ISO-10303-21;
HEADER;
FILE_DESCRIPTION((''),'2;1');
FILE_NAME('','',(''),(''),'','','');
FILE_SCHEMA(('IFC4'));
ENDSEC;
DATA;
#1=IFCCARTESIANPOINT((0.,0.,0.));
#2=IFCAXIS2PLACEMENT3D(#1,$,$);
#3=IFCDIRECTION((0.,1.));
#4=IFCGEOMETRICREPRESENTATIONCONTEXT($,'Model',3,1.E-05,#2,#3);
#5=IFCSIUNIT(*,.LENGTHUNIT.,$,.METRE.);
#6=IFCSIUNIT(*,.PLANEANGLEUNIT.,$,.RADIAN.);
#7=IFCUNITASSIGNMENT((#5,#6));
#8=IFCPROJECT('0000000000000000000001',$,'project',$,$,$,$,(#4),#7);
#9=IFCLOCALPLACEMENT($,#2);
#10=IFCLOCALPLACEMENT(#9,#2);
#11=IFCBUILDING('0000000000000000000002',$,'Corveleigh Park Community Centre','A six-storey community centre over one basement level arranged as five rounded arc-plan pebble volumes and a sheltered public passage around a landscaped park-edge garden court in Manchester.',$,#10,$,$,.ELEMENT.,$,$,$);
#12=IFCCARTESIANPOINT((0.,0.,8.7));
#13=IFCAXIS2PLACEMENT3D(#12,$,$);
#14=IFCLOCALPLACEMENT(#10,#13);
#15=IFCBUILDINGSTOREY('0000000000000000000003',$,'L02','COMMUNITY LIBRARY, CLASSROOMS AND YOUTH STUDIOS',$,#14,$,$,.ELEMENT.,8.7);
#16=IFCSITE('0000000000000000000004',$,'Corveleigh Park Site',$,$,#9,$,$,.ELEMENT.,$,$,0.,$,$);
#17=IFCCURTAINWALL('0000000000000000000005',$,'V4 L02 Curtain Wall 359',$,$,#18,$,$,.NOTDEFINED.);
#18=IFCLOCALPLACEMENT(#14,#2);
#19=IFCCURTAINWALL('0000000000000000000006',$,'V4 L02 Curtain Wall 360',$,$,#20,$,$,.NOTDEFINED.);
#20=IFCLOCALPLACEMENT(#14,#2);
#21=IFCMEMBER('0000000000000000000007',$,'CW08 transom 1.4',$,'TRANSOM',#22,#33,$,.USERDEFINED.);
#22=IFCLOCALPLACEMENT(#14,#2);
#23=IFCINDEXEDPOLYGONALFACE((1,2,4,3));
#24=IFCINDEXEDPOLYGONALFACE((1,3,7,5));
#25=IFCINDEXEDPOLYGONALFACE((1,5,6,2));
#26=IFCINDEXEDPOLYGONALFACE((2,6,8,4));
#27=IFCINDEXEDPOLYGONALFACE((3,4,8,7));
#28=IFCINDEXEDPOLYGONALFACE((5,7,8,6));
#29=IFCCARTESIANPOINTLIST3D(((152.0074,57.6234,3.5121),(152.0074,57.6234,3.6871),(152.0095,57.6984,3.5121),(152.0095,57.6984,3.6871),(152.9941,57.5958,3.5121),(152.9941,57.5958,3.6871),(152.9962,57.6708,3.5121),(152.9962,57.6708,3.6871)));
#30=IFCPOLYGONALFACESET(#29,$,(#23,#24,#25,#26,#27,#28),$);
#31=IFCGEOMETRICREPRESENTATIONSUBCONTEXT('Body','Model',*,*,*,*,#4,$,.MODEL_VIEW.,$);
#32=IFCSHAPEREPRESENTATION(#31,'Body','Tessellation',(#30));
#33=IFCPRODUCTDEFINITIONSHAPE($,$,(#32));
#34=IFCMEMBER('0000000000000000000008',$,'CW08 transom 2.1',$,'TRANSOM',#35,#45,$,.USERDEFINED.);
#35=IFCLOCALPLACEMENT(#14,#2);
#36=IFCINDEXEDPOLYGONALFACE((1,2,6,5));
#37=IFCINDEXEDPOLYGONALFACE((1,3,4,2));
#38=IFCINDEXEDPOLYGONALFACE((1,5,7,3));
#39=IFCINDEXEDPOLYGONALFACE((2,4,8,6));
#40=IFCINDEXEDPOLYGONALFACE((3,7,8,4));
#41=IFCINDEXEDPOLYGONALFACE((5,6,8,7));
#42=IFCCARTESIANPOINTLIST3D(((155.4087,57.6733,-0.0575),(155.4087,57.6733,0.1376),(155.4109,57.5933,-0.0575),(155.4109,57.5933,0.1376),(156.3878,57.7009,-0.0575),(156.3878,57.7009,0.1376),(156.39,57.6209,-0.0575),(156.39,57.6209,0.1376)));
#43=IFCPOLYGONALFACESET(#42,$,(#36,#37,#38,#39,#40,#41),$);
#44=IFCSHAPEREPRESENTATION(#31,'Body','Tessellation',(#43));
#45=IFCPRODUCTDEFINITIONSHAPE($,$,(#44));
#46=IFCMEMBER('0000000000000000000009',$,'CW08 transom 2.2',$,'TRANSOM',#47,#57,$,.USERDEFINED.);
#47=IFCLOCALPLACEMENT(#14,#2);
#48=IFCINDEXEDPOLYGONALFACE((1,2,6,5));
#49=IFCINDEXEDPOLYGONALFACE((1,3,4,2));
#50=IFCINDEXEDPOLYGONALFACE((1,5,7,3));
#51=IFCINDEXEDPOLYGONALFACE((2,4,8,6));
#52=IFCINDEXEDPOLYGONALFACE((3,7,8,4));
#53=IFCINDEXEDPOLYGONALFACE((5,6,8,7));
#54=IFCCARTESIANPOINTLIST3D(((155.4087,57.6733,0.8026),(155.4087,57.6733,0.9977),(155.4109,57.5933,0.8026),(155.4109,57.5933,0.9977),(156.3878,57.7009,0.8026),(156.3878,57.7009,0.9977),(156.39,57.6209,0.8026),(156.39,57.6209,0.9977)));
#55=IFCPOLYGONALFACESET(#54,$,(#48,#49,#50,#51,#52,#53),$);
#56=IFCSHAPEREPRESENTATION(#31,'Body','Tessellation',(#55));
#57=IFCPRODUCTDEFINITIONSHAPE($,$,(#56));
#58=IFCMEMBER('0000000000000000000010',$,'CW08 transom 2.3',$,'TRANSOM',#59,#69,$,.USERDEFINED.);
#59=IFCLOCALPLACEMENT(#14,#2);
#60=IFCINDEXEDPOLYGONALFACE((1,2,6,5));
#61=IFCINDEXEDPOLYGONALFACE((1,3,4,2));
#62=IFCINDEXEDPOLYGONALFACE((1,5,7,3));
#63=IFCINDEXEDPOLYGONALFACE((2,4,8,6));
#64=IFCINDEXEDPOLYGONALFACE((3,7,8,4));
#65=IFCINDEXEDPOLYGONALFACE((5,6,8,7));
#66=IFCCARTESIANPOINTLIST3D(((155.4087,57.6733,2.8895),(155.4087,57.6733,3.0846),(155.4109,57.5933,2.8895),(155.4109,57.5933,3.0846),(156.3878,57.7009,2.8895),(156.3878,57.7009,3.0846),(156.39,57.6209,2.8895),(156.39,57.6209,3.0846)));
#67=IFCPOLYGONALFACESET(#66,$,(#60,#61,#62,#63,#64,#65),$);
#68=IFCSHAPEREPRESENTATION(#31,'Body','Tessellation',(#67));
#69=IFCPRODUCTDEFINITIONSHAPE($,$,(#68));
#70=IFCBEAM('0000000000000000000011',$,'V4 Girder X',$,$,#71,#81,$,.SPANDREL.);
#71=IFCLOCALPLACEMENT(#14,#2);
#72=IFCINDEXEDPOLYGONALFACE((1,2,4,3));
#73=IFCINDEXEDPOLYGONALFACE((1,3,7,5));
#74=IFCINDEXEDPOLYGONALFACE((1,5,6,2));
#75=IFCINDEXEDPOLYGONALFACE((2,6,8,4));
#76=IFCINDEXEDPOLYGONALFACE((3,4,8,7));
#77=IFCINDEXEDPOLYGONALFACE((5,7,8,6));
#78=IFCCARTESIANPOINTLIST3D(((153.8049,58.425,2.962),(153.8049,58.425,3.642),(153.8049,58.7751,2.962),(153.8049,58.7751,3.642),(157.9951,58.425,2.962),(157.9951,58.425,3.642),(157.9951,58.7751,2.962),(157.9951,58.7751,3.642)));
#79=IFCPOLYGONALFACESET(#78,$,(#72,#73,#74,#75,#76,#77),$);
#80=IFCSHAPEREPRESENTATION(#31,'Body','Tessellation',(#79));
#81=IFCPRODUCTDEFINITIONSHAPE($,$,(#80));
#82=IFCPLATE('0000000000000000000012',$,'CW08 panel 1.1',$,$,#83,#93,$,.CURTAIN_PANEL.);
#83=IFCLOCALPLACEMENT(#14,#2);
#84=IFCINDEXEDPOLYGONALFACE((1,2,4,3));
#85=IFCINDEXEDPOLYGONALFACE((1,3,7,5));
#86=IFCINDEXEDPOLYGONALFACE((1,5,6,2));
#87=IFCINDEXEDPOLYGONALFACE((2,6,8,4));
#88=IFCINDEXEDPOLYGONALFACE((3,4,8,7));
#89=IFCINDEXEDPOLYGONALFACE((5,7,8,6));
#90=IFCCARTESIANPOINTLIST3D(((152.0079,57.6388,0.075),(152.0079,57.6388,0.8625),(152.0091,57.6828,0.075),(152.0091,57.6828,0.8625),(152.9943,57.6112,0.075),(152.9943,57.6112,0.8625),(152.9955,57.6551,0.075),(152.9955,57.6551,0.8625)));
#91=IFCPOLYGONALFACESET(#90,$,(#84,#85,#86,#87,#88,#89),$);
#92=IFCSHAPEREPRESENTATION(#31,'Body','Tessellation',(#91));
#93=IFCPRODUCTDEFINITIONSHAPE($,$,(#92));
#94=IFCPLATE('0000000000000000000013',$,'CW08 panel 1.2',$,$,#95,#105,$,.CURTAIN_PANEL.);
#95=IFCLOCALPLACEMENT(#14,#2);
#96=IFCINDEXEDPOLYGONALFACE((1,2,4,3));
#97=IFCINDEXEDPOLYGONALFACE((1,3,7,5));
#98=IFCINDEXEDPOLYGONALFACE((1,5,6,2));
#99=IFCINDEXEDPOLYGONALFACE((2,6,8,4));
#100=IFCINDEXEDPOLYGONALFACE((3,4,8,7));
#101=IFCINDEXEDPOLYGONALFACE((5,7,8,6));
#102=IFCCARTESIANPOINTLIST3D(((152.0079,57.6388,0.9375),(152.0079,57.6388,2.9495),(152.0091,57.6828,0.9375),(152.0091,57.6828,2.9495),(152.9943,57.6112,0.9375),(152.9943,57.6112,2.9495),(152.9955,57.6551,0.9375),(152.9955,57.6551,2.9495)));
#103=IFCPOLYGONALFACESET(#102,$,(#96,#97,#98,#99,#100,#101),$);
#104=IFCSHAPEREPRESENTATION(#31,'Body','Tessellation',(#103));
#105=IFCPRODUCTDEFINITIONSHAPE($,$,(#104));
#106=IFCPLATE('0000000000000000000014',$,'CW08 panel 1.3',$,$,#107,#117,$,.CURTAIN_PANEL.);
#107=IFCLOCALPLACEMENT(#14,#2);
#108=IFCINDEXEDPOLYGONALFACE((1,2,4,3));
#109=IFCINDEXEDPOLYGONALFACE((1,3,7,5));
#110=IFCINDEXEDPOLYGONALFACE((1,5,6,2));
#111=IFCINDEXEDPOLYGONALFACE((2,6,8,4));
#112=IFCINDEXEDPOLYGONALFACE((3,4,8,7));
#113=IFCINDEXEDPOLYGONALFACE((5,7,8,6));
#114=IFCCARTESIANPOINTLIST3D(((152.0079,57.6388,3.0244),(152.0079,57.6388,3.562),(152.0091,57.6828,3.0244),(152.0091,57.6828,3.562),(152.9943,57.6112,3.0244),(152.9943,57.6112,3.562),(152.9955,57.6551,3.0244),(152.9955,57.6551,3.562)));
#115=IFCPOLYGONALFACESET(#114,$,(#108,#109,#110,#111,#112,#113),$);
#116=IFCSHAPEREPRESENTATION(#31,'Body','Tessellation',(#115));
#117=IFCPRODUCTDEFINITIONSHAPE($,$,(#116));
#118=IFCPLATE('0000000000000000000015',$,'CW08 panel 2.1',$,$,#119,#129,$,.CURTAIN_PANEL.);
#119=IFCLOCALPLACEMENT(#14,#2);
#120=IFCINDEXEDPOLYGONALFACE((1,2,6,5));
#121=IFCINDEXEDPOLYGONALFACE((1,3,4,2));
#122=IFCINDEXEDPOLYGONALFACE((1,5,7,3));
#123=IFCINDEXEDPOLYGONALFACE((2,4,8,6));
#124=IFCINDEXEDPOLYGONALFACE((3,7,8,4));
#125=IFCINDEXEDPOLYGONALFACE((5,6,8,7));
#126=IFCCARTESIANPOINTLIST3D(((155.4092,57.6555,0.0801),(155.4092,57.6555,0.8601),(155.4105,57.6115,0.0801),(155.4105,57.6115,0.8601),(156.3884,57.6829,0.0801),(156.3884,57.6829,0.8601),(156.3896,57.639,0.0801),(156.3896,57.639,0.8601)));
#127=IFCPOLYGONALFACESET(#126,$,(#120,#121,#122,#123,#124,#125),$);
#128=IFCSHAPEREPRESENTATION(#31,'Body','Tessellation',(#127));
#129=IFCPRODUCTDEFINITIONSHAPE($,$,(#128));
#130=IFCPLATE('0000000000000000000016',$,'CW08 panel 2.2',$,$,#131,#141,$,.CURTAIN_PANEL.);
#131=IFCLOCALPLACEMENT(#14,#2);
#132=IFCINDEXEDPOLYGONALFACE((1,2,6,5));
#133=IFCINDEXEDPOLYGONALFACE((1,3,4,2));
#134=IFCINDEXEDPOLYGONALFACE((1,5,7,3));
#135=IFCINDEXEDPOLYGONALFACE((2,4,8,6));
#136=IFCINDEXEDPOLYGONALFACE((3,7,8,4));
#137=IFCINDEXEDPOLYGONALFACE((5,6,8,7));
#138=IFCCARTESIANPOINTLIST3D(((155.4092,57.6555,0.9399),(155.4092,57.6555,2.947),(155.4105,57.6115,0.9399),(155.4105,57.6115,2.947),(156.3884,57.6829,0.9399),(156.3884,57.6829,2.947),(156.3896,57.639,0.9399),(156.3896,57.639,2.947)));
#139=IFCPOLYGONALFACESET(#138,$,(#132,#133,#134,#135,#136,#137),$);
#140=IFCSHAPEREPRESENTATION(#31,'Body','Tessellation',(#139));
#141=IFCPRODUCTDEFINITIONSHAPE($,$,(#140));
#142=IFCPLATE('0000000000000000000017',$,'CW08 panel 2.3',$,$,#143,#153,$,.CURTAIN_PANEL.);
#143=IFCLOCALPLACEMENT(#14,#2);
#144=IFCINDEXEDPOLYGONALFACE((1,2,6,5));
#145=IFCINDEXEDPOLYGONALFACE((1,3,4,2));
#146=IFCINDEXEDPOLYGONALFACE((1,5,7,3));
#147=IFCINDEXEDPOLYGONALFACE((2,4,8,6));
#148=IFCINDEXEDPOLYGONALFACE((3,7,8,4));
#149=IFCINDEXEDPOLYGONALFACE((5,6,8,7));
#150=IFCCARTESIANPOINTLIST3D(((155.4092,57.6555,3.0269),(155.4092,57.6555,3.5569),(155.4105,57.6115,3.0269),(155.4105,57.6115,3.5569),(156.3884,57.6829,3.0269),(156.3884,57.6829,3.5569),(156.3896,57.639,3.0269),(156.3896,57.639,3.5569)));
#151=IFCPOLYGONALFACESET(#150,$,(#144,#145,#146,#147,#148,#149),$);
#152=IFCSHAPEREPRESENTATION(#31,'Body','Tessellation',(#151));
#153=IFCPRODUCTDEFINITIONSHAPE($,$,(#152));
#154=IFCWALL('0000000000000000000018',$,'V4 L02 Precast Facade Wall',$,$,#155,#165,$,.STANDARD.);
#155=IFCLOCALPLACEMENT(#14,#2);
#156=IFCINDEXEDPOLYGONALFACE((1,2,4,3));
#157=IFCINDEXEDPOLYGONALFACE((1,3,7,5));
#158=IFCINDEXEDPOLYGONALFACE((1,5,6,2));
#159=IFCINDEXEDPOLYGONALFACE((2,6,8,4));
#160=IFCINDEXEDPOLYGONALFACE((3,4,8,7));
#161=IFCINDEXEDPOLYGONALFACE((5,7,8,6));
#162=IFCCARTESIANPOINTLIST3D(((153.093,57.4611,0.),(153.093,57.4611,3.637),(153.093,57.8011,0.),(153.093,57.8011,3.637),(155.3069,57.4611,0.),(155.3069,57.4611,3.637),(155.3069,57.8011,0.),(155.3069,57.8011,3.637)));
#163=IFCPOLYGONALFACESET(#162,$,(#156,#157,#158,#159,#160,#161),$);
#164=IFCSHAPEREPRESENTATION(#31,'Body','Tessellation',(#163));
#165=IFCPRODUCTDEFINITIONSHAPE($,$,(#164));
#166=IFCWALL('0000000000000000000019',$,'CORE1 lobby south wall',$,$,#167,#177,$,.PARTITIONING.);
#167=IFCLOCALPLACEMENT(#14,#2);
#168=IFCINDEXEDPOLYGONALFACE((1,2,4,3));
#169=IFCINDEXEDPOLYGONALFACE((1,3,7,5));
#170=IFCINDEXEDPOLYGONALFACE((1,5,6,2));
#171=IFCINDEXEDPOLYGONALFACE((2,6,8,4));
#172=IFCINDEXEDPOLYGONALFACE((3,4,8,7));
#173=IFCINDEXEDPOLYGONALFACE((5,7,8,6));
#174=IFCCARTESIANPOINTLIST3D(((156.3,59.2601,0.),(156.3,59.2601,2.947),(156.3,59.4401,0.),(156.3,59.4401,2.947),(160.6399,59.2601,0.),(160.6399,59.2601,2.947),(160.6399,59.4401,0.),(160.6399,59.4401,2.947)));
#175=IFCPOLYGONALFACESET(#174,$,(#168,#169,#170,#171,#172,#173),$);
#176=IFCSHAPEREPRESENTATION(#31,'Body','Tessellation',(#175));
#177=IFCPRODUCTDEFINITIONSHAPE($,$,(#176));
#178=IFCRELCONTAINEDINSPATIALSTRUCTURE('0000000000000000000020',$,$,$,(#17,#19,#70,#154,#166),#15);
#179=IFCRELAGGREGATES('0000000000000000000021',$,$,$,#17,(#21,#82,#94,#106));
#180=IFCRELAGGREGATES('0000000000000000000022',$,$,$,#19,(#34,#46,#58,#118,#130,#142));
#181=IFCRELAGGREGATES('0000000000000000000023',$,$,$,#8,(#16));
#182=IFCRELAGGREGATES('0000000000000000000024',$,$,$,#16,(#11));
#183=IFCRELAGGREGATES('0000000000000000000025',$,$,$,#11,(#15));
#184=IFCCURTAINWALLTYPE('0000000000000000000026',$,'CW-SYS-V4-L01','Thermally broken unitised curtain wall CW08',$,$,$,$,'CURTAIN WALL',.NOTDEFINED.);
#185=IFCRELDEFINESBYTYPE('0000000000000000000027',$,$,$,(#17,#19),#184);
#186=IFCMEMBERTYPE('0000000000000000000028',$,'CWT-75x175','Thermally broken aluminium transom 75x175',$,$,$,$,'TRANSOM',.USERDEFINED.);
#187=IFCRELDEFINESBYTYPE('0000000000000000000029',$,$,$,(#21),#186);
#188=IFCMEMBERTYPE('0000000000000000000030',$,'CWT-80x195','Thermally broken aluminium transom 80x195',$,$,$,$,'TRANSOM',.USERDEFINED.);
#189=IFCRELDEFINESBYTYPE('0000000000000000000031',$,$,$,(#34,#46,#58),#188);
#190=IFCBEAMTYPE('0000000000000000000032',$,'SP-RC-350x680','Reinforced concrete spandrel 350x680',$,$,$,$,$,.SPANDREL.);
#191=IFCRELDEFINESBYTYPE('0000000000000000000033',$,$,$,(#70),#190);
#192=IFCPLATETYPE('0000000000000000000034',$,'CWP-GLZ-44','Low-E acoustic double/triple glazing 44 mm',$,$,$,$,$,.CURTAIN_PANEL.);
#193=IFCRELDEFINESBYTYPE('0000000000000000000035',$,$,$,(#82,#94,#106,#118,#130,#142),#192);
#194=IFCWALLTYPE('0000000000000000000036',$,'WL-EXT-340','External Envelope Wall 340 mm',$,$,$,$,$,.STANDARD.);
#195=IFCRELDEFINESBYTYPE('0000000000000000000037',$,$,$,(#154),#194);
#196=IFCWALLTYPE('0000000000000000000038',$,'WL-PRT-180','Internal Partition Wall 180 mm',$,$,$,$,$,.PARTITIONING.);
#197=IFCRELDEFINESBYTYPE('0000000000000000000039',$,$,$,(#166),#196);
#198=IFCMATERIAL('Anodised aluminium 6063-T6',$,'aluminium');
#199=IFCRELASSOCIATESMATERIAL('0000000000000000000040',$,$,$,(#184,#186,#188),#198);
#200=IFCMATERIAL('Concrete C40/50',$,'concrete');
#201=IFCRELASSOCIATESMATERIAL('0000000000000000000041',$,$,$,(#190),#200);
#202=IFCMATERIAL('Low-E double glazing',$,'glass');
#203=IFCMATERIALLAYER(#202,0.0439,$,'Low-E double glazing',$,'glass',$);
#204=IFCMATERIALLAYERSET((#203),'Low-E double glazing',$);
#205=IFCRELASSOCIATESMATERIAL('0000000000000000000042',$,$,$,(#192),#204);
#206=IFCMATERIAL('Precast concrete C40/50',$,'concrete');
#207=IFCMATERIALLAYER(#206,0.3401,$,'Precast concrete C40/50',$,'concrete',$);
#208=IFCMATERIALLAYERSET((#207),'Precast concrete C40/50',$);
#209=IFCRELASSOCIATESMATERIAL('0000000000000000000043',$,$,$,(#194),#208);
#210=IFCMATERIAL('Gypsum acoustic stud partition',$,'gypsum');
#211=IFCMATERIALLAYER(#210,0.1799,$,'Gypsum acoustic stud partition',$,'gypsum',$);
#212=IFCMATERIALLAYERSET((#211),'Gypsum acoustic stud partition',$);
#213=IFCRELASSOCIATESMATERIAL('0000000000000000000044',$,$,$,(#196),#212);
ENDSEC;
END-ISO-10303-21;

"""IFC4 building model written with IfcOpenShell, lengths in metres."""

from ifc_helpers import new_model, si_unit, direction, frame, frame_2d, origin, origin_2d, place, context, subcontext, project, spatial, rectangle, extrude, material, layer, layer_set, material_profile, profile_set, type_object, element, aggregate, save


model = new_model("IFC4")

# Units and contexts
model_context = context("Model", 3, precision=1e-05, world=origin(), true_north=direction((0.0, 1.0)))
body_context = subcontext(model_context, "Body", "Model", "MODEL_VIEW")
ifc_project = project(units=[si_unit("LENGTHUNIT", "METRE"), si_unit("PLANEANGLEUNIT", "RADIAN")], contexts=[model_context])

# Site, building, storey
site_placement = place(None, origin())
site = spatial("IfcSite", under=ifc_project, at=site_placement, Name="Corveleigh Park Site", CompositionType="ELEMENT", RefElevation=0.0)
building_placement = place(site_placement, origin())
building = spatial("IfcBuilding", under=site, at=building_placement, Name="Corveleigh Park Community Centre", Description="A six-storey community centre over one basement level arranged as five rounded arc-plan pebble volumes and a sheltered public passage around a landscaped park-edge garden court in Manchester.", CompositionType="ELEMENT")
storey_placement = place(building_placement, frame((0.0, 0.0, 8.7)))
storey = spatial("IfcBuildingStorey", under=building, at=storey_placement, Name="L02", Description="COMMUNITY LIBRARY, CLASSROOMS AND YOUTH STUDIOS", CompositionType="ELEMENT", Elevation=8.7)

# Curtain wall
ifc_material_1 = material(Name="Anodised aluminium 6063-T6", Category="aluminium")
curtain_wall_type = type_object("IfcCurtainWallType", Name="CW-SYS-V4-L01", Description="Thermally broken unitised curtain wall CW08", ElementType="CURTAIN WALL", PredefinedType="NOTDEFINED", material=ifc_material_1)
curtain_wall_1_placement = place(storey_placement, origin())
curtain_wall_1 = element("IfcCurtainWall", 1, at=curtain_wall_1_placement, inside=storey, type_object=curtain_wall_type, Name="V4 L02 Curtain Wall 359", PredefinedType="NOTDEFINED")

# Curtain wall
curtain_wall_2_placement = place(storey_placement, origin())
curtain_wall_2 = element("IfcCurtainWall", 2, at=curtain_wall_2_placement, inside=storey, type_object=curtain_wall_type, Name="V4 L02 Curtain Wall 360", PredefinedType="NOTDEFINED")

# Members
ifc_material_profile_1 = material_profile(ifc_material_1, rectangle(XDim=0.075, YDim=0.175, at=origin_2d()), Name="ALU-T75x175", Category="aluminium")
ifc_profile_set_1 = profile_set([ifc_material_profile_1], Name="Anodised aluminium 6063-T6")
member_type_1 = type_object("IfcMemberType", Name="CWT-75x175", Description="Thermally broken aluminium transom 75x175", ElementType="TRANSOM", PredefinedType="USERDEFINED", material=ifc_profile_set_1)
member_1_placement = place(storey_placement, frame((152.9951, 57.6333, 3.5996), z_axis=(-0.999609, 0.027952, 0.0), x_axis=(-0.027952, -0.999609, 0.0)))
member_1 = element("IfcMember", 3, at=member_1_placement, type_object=member_type_1, Name="CW08 transom 1.4", ObjectType="TRANSOM", PredefinedType="USERDEFINED", context=body_context, shape_type="SweptSolid", body=[
    extrude(rectangle(XDim=0.075, YDim=0.175, at=origin_2d()), origin(), (0.0, 0.0, 1.0), 0.9871),
])
ifc_material_profile_2 = material_profile(ifc_material_1, rectangle(XDim=0.0801, YDim=0.1951, at=origin_2d()), Name="ALU-T80x195", Category="aluminium")
ifc_profile_set_2 = profile_set([ifc_material_profile_2], Name="Anodised aluminium 6063-T6")
member_type_2 = type_object("IfcMemberType", Name="CWT-80x195", Description="Thermally broken aluminium transom 80x195", ElementType="TRANSOM", PredefinedType="USERDEFINED", material=ifc_profile_set_2)
member_2_placement = place(storey_placement, frame((156.3889, 57.6609, 0.04), z_axis=(-0.999603, -0.028168, 0.0), x_axis=(0.028168, -0.999603, 0.0)))
member_2 = element("IfcMember", 4, at=member_2_placement, type_object=member_type_2, Name="CW08 transom 2.1", ObjectType="TRANSOM", PredefinedType="USERDEFINED", context=body_context, shape_type="SweptSolid", body=[
    extrude(rectangle(XDim=0.0801, YDim=0.1951, at=origin_2d()), origin(), (0.0, 0.0, 1.0), 0.9795),
])
member_3_placement = place(storey_placement, frame((156.3889, 57.6609, 0.9001), z_axis=(-0.999603, -0.028168, 0.0), x_axis=(0.028168, -0.999603, 0.0)))
member_3 = element("IfcMember", 5, at=member_3_placement, type_object=member_type_2, Name="CW08 transom 2.2", ObjectType="TRANSOM", PredefinedType="USERDEFINED", context=body_context, shape_type="SweptSolid", body=[
    extrude(rectangle(XDim=0.0801, YDim=0.1951, at=origin_2d()), origin(), (0.0, 0.0, 1.0), 0.9795),
])
member_4_placement = place(storey_placement, frame((156.3889, 57.6609, 2.9871), z_axis=(-0.999603, -0.028168, 0.0), x_axis=(0.028168, -0.999603, 0.0)))
member_4 = element("IfcMember", 6, at=member_4_placement, type_object=member_type_2, Name="CW08 transom 2.3", ObjectType="TRANSOM", PredefinedType="USERDEFINED", context=body_context, shape_type="SweptSolid", body=[
    extrude(rectangle(XDim=0.0801, YDim=0.1951, at=origin_2d()), origin(), (0.0, 0.0, 1.0), 0.9795),
])

# Beam
ifc_material_2 = material(Name="Concrete C40/50", Category="concrete")
ifc_material_profile_3 = material_profile(ifc_material_2, rectangle(XDim=0.3501, YDim=0.6799, at=origin_2d()), Name="RC-350x680", Category="concrete")
ifc_profile_set_3 = profile_set([ifc_material_profile_3], Name="Concrete C40/50")
beam_type_1 = type_object("IfcBeamType", Name="SP-RC-350x680", Description="Reinforced concrete spandrel 350x680", PredefinedType="SPANDREL", material=ifc_profile_set_3)
beam_1_placement = place(storey_placement, frame((153.8049, 58.6001, 3.302), z_axis=(1.0, 0.0, 0.0), x_axis=(0.0, 1.0, 0.0)))
element("IfcBeam", 7, at=beam_1_placement, inside=storey, type_object=beam_type_1, Name="V4 Girder X", PredefinedType="SPANDREL", context=body_context, shape_type="SweptSolid", body=[
    extrude(rectangle(XDim=0.3501, YDim=0.6799, at=origin_2d()), origin(), (0.0, 0.0, 1.0), 4.1902),
])

# Plates
ifc_material_3 = material(Name="Low-E double glazing", Category="glass")
ifc_layer_1 = layer(ifc_material_3, 0.0439, Name="Low-E double glazing", Category="glass")
ifc_layer_set_1 = layer_set([ifc_layer_1], Name="Low-E double glazing")
plate_type = type_object("IfcPlateType", Name="CWP-GLZ-44", Description="Low-E acoustic double/triple glazing 44 mm", PredefinedType="CURTAIN_PANEL", material=ifc_layer_set_1)
plate_1_placement = place(storey_placement, frame((152.5017, 57.647, 0.075), z_axis=(0.0, 0.0, 1.0), x_axis=(-0.999608, 0.028005, 0.0)))
plate_1 = element("IfcPlate", 8, at=plate_1_placement, type_object=plate_type, Name="CW08 panel 1.1", PredefinedType="CURTAIN_PANEL", context=body_context, shape_type="SweptSolid", body=[
    extrude(rectangle(XDim=0.9868, YDim=0.0439, at=origin_2d()), origin(), (0.0, 0.0, 1.0), 0.7876),
])
plate_2_placement = place(storey_placement, frame((152.5017, 57.647, 0.9375), z_axis=(0.0, 0.0, 1.0), x_axis=(-0.999608, 0.028005, 0.0)))
plate_2 = element("IfcPlate", 9, at=plate_2_placement, type_object=plate_type, Name="CW08 panel 1.2", PredefinedType="CURTAIN_PANEL", context=body_context, shape_type="SweptSolid", body=[
    extrude(rectangle(XDim=0.9868, YDim=0.0439, at=origin_2d()), origin(), (0.0, 0.0, 1.0), 2.012),
])
plate_3_placement = place(storey_placement, frame((152.5017, 57.647, 3.0244), z_axis=(0.0, 0.0, 1.0), x_axis=(-0.999608, 0.028005, 0.0)))
plate_3 = element("IfcPlate", 10, at=plate_3_placement, type_object=plate_type, Name="CW08 panel 1.3", PredefinedType="CURTAIN_PANEL", context=body_context, shape_type="SweptSolid", body=[
    extrude(rectangle(XDim=0.9868, YDim=0.0439, at=origin_2d()), origin(), (0.0, 0.0, 1.0), 0.5376),
])
aggregate(curtain_wall_1, [member_1, plate_1, plate_2, plate_3])
plate_4_placement = place(storey_placement, frame((155.8994, 57.6472, 0.0801), z_axis=(0.0, 0.0, 1.0), x_axis=(-0.999608, -0.028005, 0.0)))
plate_4 = element("IfcPlate", 11, at=plate_4_placement, type_object=plate_type, Name="CW08 panel 2.1", PredefinedType="CURTAIN_PANEL", context=body_context, shape_type="SweptSolid", body=[
    extrude(rectangle(XDim=0.9795, YDim=0.0439, at=origin_2d()), origin(), (0.0, 0.0, 1.0), 0.78),
])
plate_5_placement = place(storey_placement, frame((155.8994, 57.6472, 0.9399), z_axis=(0.0, 0.0, 1.0), x_axis=(-0.999608, -0.028005, 0.0)))
plate_5 = element("IfcPlate", 12, at=plate_5_placement, type_object=plate_type, Name="CW08 panel 2.2", PredefinedType="CURTAIN_PANEL", context=body_context, shape_type="SweptSolid", body=[
    extrude(rectangle(XDim=0.9795, YDim=0.0439, at=origin_2d()), origin(), (0.0, 0.0, 1.0), 2.0071),
])
plate_6_placement = place(storey_placement, frame((155.8994, 57.6472, 3.0269), z_axis=(0.0, 0.0, 1.0), x_axis=(-0.999608, -0.028005, 0.0)))
plate_6 = element("IfcPlate", 13, at=plate_6_placement, type_object=plate_type, Name="CW08 panel 2.3", PredefinedType="CURTAIN_PANEL", context=body_context, shape_type="SweptSolid", body=[
    extrude(rectangle(XDim=0.9795, YDim=0.0439, at=origin_2d()), origin(), (0.0, 0.0, 1.0), 0.53),
])
aggregate(curtain_wall_2, [member_2, member_3, member_4, plate_4, plate_5, plate_6])

# Walls
ifc_material_4 = material(Name="Precast concrete C40/50", Category="concrete")
ifc_layer_2 = layer(ifc_material_4, 0.3401, Name="Precast concrete C40/50", Category="concrete")
ifc_layer_set_2 = layer_set([ifc_layer_2], Name="Precast concrete C40/50")
wall_type_1 = type_object("IfcWallType", Name="WL-EXT-340", Description="External Envelope Wall 340 mm", PredefinedType="STANDARD", material=ifc_layer_set_2)
wall_1_placement = place(storey_placement, frame((155.3069, 57.6311, 0.0), z_axis=(0.0, 0.0, 1.0), x_axis=(-1.0, 0.0, 0.0)))
element("IfcWall", 14, at=wall_1_placement, inside=storey, type_object=wall_type_1, Name="V4 L02 Precast Facade Wall", PredefinedType="STANDARD", context=body_context, shape_type="SweptSolid", body=[
    extrude(rectangle(XDim=2.2139, YDim=0.3401, at=frame_2d((1.1069, 0.0))), origin(), (0.0, 0.0, 1.0), 3.637),
])
ifc_material_5 = material(Name="Gypsum acoustic stud partition", Category="gypsum")
ifc_layer_3 = layer(ifc_material_5, 0.1799, Name="Gypsum acoustic stud partition", Category="gypsum")
ifc_layer_set_3 = layer_set([ifc_layer_3], Name="Gypsum acoustic stud partition")
wall_type_2 = type_object("IfcWallType", Name="WL-PRT-180", Description="Internal Partition Wall 180 mm", PredefinedType="PARTITIONING", material=ifc_layer_set_3)
wall_2_placement = place(storey_placement, frame((156.3, 59.3501, 0.0), z_axis=(0.0, 0.0, 1.0), x_axis=(1.0, 0.0, 0.0)))
element("IfcWall", 15, at=wall_2_placement, inside=storey, type_object=wall_type_2, Name="CORE1 lobby south wall", PredefinedType="PARTITIONING", context=body_context, shape_type="SweptSolid", body=[
    extrude(rectangle(XDim=4.3398, YDim=0.1799, at=frame_2d((2.1699, 0.0))), origin(), (0.0, 0.0, 1.0), 2.947),
])

save(model, "model.ifc")
